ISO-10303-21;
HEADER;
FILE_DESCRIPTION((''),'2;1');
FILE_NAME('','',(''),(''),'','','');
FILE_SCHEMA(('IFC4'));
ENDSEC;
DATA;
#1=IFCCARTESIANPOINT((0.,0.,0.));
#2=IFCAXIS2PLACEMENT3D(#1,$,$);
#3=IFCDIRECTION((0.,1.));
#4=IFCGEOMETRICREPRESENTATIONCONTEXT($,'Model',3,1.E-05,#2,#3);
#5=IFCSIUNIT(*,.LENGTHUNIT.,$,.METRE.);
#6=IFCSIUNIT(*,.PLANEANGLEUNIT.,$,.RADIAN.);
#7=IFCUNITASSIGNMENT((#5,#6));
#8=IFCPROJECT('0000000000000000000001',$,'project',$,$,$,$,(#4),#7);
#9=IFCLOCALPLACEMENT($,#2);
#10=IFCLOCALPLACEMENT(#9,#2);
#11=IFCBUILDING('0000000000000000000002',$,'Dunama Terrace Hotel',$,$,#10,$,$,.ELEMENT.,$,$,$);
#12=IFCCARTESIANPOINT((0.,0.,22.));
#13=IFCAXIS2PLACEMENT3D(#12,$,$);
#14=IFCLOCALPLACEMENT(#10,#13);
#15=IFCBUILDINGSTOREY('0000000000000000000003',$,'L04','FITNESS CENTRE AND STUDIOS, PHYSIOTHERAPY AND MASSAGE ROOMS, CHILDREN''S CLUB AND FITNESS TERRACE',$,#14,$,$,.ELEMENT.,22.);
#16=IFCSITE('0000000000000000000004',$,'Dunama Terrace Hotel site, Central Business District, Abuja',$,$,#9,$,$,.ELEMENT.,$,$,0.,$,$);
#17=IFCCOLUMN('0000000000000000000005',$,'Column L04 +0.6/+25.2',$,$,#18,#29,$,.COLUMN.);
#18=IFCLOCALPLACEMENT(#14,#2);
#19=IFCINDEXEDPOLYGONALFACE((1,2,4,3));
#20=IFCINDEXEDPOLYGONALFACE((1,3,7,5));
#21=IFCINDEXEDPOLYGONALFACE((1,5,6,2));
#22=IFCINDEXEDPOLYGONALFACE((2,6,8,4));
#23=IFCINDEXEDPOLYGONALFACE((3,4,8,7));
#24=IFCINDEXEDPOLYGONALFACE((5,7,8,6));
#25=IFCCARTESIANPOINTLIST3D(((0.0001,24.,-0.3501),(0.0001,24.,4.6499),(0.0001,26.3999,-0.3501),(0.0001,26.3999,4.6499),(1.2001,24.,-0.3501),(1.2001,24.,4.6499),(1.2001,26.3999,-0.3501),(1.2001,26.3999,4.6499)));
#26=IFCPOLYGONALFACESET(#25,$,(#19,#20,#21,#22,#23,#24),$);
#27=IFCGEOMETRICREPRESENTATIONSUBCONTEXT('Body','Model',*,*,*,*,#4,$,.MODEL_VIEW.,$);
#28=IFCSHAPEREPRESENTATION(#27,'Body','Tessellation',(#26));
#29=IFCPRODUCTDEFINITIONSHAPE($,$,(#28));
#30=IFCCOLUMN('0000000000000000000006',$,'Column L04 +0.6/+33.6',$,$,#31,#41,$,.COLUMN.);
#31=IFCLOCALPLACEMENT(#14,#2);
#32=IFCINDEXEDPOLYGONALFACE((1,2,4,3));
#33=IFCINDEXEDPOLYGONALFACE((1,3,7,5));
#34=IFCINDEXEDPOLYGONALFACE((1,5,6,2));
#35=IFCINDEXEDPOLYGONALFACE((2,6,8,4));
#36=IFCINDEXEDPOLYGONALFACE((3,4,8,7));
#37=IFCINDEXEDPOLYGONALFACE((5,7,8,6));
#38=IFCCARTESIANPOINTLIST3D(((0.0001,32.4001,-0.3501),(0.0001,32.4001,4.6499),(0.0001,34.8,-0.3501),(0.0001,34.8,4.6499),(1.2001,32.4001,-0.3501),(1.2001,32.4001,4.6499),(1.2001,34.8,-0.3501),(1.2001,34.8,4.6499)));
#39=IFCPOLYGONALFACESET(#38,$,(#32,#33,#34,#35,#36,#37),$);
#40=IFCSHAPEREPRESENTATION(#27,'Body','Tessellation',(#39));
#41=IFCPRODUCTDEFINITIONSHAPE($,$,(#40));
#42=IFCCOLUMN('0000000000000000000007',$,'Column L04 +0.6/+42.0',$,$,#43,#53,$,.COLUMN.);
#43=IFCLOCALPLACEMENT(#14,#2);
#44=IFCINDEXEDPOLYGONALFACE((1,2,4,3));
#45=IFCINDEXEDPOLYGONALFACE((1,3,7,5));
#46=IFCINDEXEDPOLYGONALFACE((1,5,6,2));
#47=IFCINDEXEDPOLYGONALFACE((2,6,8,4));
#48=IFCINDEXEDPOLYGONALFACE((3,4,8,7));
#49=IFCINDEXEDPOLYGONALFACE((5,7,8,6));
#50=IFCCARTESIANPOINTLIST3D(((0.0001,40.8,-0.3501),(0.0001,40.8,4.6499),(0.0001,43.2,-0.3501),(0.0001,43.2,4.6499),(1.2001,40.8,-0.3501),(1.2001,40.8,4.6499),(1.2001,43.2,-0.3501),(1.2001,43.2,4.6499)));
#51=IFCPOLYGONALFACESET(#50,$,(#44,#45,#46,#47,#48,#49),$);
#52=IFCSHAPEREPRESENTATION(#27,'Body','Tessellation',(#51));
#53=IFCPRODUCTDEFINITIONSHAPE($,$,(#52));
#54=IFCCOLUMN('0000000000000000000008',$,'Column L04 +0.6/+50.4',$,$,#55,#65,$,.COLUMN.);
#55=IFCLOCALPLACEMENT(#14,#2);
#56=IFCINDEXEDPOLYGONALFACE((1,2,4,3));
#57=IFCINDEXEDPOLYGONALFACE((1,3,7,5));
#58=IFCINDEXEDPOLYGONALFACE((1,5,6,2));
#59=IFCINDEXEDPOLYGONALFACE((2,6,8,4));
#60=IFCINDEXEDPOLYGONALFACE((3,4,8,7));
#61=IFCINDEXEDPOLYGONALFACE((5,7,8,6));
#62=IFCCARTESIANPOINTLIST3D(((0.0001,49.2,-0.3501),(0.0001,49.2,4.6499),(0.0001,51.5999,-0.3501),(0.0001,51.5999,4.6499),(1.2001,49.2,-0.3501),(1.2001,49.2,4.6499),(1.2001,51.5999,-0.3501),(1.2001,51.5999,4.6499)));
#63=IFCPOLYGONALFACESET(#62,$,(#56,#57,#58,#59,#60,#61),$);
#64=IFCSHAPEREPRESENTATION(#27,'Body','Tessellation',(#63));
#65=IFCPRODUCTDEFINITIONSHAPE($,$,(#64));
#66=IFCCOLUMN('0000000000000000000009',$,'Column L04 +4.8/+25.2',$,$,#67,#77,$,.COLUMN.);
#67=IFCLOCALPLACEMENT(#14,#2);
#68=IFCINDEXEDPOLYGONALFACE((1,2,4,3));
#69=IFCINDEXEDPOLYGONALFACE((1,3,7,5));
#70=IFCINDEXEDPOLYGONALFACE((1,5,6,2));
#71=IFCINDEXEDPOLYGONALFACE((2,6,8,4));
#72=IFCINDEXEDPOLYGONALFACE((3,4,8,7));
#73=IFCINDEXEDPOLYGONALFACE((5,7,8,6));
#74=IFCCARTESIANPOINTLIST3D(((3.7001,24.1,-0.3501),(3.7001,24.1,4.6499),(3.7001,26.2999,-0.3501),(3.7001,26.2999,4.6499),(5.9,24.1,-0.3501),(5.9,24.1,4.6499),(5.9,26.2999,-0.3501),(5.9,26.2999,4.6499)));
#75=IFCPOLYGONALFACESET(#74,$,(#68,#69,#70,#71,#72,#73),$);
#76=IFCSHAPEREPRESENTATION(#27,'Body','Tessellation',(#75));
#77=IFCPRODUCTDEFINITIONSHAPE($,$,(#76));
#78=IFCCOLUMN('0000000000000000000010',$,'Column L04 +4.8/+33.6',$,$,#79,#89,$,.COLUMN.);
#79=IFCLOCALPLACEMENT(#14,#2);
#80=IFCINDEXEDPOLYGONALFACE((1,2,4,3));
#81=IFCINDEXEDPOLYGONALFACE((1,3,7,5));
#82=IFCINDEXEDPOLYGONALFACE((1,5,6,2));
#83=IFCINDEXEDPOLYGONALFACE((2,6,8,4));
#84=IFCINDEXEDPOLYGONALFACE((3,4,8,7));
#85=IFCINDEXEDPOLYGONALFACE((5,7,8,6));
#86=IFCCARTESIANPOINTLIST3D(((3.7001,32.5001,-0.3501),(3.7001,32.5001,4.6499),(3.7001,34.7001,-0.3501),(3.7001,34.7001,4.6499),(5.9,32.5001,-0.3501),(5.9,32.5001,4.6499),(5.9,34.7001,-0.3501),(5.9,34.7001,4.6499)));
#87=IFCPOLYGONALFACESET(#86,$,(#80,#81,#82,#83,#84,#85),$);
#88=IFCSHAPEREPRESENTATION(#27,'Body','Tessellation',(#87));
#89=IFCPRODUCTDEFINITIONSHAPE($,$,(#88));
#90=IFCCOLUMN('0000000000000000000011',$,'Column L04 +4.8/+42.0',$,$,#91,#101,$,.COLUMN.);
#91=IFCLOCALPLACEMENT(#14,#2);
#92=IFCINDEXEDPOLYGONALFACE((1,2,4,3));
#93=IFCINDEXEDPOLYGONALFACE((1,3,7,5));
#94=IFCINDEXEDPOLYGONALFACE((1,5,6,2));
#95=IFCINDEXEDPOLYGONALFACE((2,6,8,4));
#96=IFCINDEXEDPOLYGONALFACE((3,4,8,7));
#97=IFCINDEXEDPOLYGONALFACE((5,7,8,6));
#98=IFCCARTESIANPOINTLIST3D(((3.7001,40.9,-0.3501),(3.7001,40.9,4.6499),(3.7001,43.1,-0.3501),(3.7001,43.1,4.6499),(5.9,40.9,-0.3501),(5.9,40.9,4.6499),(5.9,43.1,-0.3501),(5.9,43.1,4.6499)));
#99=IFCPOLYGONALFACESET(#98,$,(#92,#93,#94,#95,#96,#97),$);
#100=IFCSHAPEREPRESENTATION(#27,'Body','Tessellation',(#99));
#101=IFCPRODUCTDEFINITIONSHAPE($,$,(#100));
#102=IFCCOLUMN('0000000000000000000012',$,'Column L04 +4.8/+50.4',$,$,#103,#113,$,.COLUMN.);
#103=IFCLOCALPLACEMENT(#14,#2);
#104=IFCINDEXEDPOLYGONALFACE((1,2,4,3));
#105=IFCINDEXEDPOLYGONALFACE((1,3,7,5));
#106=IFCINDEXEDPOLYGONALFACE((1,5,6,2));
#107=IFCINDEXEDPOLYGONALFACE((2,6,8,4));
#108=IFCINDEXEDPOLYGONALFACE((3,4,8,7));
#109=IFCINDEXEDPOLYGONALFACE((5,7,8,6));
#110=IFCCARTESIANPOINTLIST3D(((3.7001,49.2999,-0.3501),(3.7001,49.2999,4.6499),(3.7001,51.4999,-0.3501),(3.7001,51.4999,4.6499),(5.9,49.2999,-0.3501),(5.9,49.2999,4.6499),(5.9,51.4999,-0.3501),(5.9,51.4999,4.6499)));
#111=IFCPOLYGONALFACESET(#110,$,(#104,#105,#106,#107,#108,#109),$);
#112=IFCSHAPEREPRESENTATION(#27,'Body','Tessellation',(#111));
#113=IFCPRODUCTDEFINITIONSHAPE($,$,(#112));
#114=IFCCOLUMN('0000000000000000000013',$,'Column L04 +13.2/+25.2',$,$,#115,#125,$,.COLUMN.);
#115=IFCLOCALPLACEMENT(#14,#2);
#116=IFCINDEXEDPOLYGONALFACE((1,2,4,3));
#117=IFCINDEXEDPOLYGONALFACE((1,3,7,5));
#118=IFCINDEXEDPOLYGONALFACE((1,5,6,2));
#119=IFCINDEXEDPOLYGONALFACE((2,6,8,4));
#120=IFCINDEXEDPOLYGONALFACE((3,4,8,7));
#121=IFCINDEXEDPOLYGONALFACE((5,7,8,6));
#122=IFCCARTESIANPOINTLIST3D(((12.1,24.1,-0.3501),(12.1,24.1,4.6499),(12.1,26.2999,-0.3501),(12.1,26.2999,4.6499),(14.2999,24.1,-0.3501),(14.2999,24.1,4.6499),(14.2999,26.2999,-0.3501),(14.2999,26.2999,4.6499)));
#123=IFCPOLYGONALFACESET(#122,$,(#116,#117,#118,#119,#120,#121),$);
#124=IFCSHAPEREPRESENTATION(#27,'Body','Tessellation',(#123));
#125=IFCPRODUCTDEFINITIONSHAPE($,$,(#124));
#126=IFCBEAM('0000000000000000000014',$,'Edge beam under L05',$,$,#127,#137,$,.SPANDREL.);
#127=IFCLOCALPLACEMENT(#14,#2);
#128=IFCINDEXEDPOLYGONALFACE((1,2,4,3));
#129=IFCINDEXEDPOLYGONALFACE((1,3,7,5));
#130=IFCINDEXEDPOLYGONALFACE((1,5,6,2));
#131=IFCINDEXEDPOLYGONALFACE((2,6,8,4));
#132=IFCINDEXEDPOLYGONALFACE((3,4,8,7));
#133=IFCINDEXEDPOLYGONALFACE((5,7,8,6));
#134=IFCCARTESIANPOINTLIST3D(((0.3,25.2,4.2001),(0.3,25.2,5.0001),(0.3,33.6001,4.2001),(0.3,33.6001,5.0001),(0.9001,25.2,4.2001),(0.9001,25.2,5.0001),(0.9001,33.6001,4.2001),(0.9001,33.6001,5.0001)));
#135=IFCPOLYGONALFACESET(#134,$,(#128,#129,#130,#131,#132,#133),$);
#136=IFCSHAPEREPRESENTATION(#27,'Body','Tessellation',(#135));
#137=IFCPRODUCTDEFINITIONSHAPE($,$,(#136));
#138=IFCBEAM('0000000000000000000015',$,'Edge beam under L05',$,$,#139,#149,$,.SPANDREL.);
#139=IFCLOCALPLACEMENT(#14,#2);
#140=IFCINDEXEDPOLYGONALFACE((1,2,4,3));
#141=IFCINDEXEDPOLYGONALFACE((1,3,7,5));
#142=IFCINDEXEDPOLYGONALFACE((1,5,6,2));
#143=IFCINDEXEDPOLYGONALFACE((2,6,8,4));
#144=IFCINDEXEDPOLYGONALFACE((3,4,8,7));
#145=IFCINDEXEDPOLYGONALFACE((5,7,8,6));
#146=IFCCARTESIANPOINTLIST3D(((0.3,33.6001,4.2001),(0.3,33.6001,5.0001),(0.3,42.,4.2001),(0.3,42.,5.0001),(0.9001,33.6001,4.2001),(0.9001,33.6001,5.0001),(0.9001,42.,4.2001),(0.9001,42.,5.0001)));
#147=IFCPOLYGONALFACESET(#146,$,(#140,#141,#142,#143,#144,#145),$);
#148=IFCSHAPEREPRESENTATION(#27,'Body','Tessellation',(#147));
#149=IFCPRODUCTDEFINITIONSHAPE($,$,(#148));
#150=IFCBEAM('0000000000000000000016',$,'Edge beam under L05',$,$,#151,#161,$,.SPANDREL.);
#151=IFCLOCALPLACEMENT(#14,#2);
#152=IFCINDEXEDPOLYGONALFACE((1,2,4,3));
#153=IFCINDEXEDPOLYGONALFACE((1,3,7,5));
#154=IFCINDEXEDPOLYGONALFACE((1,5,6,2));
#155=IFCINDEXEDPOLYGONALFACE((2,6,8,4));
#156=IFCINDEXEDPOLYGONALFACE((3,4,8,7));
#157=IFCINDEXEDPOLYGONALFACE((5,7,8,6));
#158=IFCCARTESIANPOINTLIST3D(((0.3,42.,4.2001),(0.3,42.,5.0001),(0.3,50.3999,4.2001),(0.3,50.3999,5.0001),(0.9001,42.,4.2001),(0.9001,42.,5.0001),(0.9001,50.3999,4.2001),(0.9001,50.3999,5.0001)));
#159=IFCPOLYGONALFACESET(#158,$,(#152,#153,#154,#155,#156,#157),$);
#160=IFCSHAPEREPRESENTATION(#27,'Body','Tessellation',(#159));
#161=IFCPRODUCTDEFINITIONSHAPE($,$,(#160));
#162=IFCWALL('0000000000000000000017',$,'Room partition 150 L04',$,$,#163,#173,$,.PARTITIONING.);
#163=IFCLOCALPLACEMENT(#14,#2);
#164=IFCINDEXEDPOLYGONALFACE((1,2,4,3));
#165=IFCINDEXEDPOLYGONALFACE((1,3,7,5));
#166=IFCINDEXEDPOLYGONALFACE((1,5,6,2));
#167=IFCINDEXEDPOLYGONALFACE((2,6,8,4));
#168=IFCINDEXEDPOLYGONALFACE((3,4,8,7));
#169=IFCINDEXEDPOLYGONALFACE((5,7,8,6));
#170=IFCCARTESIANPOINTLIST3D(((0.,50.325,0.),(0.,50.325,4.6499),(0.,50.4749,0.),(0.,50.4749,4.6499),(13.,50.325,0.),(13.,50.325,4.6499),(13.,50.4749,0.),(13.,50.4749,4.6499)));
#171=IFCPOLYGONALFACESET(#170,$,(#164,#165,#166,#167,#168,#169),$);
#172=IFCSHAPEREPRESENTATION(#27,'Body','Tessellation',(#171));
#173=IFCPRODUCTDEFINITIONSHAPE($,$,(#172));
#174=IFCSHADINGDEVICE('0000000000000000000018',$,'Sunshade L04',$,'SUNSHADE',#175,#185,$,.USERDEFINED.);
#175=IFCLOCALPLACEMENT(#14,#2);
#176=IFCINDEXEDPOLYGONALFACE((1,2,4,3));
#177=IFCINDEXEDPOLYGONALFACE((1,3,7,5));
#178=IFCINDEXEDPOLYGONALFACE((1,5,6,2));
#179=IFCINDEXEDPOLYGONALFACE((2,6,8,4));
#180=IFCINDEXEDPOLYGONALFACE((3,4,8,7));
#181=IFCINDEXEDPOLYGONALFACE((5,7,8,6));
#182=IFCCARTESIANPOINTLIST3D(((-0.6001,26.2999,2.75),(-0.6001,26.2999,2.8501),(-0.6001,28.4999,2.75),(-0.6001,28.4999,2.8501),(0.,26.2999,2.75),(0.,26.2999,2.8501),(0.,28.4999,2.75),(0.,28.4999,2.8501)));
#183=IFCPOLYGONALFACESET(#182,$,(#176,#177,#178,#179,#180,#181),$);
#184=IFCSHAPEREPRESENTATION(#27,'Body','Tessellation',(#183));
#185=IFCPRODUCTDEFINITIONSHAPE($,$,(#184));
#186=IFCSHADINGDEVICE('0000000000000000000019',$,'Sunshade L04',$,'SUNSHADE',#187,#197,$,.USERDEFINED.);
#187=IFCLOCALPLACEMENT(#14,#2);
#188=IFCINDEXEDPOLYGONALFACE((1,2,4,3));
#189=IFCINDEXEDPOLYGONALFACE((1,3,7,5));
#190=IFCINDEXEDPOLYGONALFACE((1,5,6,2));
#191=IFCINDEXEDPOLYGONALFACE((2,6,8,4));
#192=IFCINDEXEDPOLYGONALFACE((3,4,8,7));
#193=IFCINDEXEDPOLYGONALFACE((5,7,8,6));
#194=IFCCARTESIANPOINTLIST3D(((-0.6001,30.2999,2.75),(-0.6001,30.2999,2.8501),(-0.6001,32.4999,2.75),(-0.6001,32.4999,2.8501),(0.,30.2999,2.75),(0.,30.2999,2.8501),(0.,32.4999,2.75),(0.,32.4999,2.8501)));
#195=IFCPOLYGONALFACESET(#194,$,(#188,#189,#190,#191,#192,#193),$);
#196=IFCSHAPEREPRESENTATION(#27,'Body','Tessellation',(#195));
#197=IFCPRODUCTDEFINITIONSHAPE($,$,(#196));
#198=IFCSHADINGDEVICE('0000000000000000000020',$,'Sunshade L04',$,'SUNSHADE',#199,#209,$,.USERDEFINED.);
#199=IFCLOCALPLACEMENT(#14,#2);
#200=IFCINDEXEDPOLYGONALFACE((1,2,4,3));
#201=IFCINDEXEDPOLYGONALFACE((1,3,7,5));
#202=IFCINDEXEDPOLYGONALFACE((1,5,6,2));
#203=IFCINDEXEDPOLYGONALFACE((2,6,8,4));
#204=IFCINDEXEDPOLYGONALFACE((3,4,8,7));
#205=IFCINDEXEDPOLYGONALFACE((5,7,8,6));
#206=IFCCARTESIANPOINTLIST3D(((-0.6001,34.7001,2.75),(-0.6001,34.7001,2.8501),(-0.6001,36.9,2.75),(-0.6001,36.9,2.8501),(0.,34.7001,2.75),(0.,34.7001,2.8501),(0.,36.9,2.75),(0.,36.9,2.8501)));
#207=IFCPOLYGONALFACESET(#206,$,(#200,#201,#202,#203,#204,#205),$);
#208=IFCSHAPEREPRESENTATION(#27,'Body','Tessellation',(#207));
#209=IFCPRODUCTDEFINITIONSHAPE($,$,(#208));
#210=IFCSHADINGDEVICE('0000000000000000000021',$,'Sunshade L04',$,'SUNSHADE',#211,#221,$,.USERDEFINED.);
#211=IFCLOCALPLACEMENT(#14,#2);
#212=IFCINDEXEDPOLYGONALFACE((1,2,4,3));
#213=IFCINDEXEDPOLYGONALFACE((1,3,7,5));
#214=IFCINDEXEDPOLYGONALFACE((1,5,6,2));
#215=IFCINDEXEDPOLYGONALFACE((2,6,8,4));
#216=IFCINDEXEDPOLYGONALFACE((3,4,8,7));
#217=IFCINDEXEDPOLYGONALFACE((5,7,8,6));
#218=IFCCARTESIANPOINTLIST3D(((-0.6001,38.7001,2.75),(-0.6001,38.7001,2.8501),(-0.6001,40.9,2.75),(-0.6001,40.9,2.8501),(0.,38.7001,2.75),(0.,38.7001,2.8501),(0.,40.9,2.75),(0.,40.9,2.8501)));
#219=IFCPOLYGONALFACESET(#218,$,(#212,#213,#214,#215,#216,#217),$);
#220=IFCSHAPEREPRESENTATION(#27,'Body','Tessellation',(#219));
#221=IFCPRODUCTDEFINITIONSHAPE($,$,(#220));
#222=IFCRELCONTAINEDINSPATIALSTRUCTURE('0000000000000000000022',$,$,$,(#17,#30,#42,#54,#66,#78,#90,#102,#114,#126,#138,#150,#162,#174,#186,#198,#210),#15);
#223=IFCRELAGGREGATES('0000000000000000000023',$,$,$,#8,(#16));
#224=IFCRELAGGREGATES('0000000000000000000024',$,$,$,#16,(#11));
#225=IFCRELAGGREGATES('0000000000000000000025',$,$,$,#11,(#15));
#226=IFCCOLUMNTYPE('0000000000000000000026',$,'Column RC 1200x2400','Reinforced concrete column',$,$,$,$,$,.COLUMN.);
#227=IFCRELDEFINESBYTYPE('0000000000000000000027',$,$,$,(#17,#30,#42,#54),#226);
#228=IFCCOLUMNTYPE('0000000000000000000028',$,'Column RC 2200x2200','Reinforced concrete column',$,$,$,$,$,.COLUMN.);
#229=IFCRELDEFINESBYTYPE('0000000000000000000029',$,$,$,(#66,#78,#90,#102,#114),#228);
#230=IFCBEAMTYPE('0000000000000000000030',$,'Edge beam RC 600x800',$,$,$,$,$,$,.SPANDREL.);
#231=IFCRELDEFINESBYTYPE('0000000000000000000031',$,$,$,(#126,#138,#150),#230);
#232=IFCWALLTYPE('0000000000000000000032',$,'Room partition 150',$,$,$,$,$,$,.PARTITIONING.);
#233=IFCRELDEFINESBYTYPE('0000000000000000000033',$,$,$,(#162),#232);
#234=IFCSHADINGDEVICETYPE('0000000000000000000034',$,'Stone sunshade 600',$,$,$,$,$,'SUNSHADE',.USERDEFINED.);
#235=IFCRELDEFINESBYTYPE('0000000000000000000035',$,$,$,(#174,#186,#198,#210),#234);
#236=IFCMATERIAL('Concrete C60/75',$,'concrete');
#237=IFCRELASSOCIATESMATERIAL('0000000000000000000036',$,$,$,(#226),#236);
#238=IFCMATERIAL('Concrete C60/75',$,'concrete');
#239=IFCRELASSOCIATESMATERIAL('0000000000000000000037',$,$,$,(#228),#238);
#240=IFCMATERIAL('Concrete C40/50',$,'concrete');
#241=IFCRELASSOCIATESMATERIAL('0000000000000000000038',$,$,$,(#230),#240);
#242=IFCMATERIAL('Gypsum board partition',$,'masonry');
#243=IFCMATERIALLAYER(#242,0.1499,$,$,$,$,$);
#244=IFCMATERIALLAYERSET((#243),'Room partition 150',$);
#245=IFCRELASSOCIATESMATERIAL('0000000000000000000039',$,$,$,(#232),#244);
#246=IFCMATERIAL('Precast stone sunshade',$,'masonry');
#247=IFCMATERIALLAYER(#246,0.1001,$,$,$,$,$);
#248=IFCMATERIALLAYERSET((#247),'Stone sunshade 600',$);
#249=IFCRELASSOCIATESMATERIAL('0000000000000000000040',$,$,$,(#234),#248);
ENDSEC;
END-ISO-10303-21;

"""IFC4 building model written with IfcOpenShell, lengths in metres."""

from ifc_helpers import new_model, si_unit, direction, frame, frame_2d, origin, origin_2d, place, context, subcontext, project, spatial, rectangle, extrude, material, layer, layer_set, material_profile, profile_set, type_object, element, save


model = new_model("IFC4")

# Units and contexts
model_context = context("Model", 3, precision=1e-05, world=origin(), true_north=direction((0.0, 1.0)))
body_context = subcontext(model_context, "Body", "Model", "MODEL_VIEW")
ifc_project = project(units=[si_unit("LENGTHUNIT", "METRE"), si_unit("PLANEANGLEUNIT", "RADIAN")], contexts=[model_context])

# Site, building, storey
site_placement = place(None, origin())
site = spatial("IfcSite", under=ifc_project, at=site_placement, Name="Dunama Terrace Hotel site, Central Business District, Abuja", CompositionType="ELEMENT", RefElevation=0.0)
building_placement = place(site_placement, origin())
building = spatial("IfcBuilding", under=site, at=building_placement, Name="Dunama Terrace Hotel", CompositionType="ELEMENT")
storey_placement = place(building_placement, frame((0.0, 0.0, 22.0)))
storey = spatial("IfcBuildingStorey", under=building, at=storey_placement, Name="L04", Description="FITNESS CENTRE AND STUDIOS, PHYSIOTHERAPY AND MASSAGE ROOMS, CHILDREN'S CLUB AND FITNESS TERRACE", CompositionType="ELEMENT", Elevation=22.0)

# Columns
ifc_material_1 = material(Name="Concrete C60/75", Category="concrete")
ifc_material_profile_1 = material_profile(ifc_material_1, rectangle(XDim=1.2, YDim=2.3999, at=origin_2d()), Name="RC 1200x2400")
ifc_profile_set_1 = profile_set([ifc_material_profile_1], Name="Concrete C60/75")
column_type_1 = type_object("IfcColumnType", Name="Column RC 1200x2400", Description="Reinforced concrete column", PredefinedType="COLUMN", material=ifc_profile_set_1)
for number, where, z_axis, x_axis, name in (
    (1, (0.6001, 25.2, -0.3501), (0.0, 0.0, 1.0), (1.0, 0.0, 0.0), "Column L04 +0.6/+25.2"),
    (2, (0.6001, 33.6001, -0.3501), (0.0, 0.0, 1.0), (1.0, 0.0, 0.0), "Column L04 +0.6/+33.6"),
    (3, (0.6001, 42.0, -0.3501), (0.0, 0.0, 1.0), (1.0, 0.0, 0.0), "Column L04 +0.6/+42.0"),
    (4, (0.6001, 50.3999, -0.3501), (0.0, 0.0, 1.0), (1.0, 0.0, 0.0), "Column L04 +0.6/+50.4"),
):
    element("IfcColumn", number, at=place(storey_placement, frame(where, z_axis=z_axis, x_axis=x_axis)), inside=storey, type_object=column_type_1, Name=name, PredefinedType="COLUMN", context=body_context, shape_type="SweptSolid", body=[
        extrude(rectangle(XDim=1.2, YDim=2.3999, at=origin_2d()), origin(), (0.0, 0.0, 1.0), 5.0),
    ])
ifc_material_2 = material(Name="Concrete C60/75", Category="concrete")
ifc_material_profile_2 = material_profile(ifc_material_2, rectangle(XDim=2.2, YDim=2.2, at=origin_2d()), Name="RC 2200x2200")
ifc_profile_set_2 = profile_set([ifc_material_profile_2], Name="Concrete C60/75")
column_type_2 = type_object("IfcColumnType", Name="Column RC 2200x2200", Description="Reinforced concrete column", PredefinedType="COLUMN", material=ifc_profile_set_2)
for number, where, z_axis, x_axis, name in (
    (5, (4.8, 25.2, -0.3501), (0.0, 0.0, 1.0), (1.0, 0.0, 0.0), "Column L04 +4.8/+25.2"),
    (6, (4.8, 33.6001, -0.3501), (0.0, 0.0, 1.0), (1.0, 0.0, 0.0), "Column L04 +4.8/+33.6"),
    (7, (4.8, 42.0, -0.3501), (0.0, 0.0, 1.0), (1.0, 0.0, 0.0), "Column L04 +4.8/+42.0"),
    (8, (4.8, 50.3999, -0.3501), (0.0, 0.0, 1.0), (1.0, 0.0, 0.0), "Column L04 +4.8/+50.4"),
    (9, (13.2, 25.2, -0.3501), (0.0, 0.0, 1.0), (1.0, 0.0, 0.0), "Column L04 +13.2/+25.2"),
):
    element("IfcColumn", number, at=place(storey_placement, frame(where, z_axis=z_axis, x_axis=x_axis)), inside=storey, type_object=column_type_2, Name=name, PredefinedType="COLUMN", context=body_context, shape_type="SweptSolid", body=[
        extrude(rectangle(XDim=2.2, YDim=2.2, at=origin_2d()), origin(), (0.0, 0.0, 1.0), 5.0),
    ])

# Beams
ifc_material_3 = material(Name="Concrete C40/50", Category="concrete")
ifc_material_profile_3 = material_profile(ifc_material_3, rectangle(XDim=0.6001, YDim=0.8, at=origin_2d()), Name="RC 600x800")
ifc_profile_set_3 = profile_set([ifc_material_profile_3], Name="Concrete C40/50")
beam_type = type_object("IfcBeamType", Name="Edge beam RC 600x800", PredefinedType="SPANDREL", material=ifc_profile_set_3)
beam_placement = place(storey_placement, frame((0.6001, 25.2, 4.6001), z_axis=(0.0, 1.0, 0.0), x_axis=(-1.0, 0.0, 0.0)))
element("IfcBeam", 10, at=beam_placement, inside=storey, type_object=beam_type, Name="Edge beam under L05", PredefinedType="SPANDREL", context=body_context, shape_type="SweptSolid", body=[
    extrude(rectangle(XDim=0.6001, YDim=0.8, at=origin_2d()), origin(), (0.0, 0.0, 1.0), 8.4001),
])
for number, where, z_axis, x_axis, name in (
    (11, (0.6001, 33.6001, 4.6001), (0.0, 1.0, 0.0), (-1.0, 0.0, 0.0), "Edge beam under L05"),
    (12, (0.6001, 42.0, 4.6001), (0.0, 1.0, 0.0), (-1.0, 0.0, 0.0), "Edge beam under L05"),
):
    element("IfcBeam", number, at=place(storey_placement, frame(where, z_axis=z_axis, x_axis=x_axis)), inside=storey, type_object=beam_type, Name=name, PredefinedType="SPANDREL", context=body_context, shape_type="SweptSolid", body=[
        extrude(rectangle(XDim=0.6001, YDim=0.8, at=origin_2d()), origin(), (0.0, 0.0, 1.0), 8.3999),
    ])

# Wall
ifc_material_4 = material(Name="Gypsum board partition", Category="masonry")
ifc_layer_1 = layer(ifc_material_4, 0.1499)
ifc_layer_set_1 = layer_set([ifc_layer_1], Name="Room partition 150")
wall_type = type_object("IfcWallType", Name="Room partition 150", PredefinedType="PARTITIONING", material=ifc_layer_set_1)
wall_placement = place(storey_placement, frame((0.0, 50.3999, 0.0), z_axis=(0.0, 0.0, 1.0), x_axis=(1.0, 0.0, 0.0)))
element("IfcWall", 13, at=wall_placement, inside=storey, type_object=wall_type, Name="Room partition 150 L04", PredefinedType="PARTITIONING", context=body_context, shape_type="SweptSolid", body=[
    extrude(rectangle(XDim=13.0, YDim=0.1499, at=frame_2d((6.5, 0.0))), origin(), (0.0, 0.0, 1.0), 4.6499),
])

# Shading devices
ifc_material_5 = material(Name="Precast stone sunshade", Category="masonry")
ifc_layer_2 = layer(ifc_material_5, 0.1001)
ifc_layer_set_2 = layer_set([ifc_layer_2], Name="Stone sunshade 600")
shading_device_type = type_object("IfcShadingDeviceType", Name="Stone sunshade 600", ElementType="SUNSHADE", PredefinedType="USERDEFINED", material=ifc_layer_set_2)
for number, where, z_axis, x_axis, name in (
    (14, (-0.3, 27.3999, 2.75), (0.0, 0.0, 1.0), (0.0, -1.0, 0.0), "Sunshade L04"),
    (15, (-0.3, 31.3999, 2.75), (0.0, 0.0, 1.0), (0.0, -1.0, 0.0), "Sunshade L04"),
    (16, (-0.3, 35.8, 2.75), (0.0, 0.0, 1.0), (0.0, -1.0, 0.0), "Sunshade L04"),
    (17, (-0.3, 39.8, 2.75), (0.0, 0.0, 1.0), (0.0, -1.0, 0.0), "Sunshade L04"),
):
    element("IfcShadingDevice", number, at=place(storey_placement, frame(where, z_axis=z_axis, x_axis=x_axis)), inside=storey, type_object=shading_device_type, Name=name, ObjectType="SUNSHADE", PredefinedType="USERDEFINED", context=body_context, shape_type="SweptSolid", body=[
        extrude(rectangle(XDim=2.2, YDim=0.6001, at=origin_2d()), origin(), (0.0, 0.0, 1.0), 0.1001),
    ])

save(model, "model.ifc")
